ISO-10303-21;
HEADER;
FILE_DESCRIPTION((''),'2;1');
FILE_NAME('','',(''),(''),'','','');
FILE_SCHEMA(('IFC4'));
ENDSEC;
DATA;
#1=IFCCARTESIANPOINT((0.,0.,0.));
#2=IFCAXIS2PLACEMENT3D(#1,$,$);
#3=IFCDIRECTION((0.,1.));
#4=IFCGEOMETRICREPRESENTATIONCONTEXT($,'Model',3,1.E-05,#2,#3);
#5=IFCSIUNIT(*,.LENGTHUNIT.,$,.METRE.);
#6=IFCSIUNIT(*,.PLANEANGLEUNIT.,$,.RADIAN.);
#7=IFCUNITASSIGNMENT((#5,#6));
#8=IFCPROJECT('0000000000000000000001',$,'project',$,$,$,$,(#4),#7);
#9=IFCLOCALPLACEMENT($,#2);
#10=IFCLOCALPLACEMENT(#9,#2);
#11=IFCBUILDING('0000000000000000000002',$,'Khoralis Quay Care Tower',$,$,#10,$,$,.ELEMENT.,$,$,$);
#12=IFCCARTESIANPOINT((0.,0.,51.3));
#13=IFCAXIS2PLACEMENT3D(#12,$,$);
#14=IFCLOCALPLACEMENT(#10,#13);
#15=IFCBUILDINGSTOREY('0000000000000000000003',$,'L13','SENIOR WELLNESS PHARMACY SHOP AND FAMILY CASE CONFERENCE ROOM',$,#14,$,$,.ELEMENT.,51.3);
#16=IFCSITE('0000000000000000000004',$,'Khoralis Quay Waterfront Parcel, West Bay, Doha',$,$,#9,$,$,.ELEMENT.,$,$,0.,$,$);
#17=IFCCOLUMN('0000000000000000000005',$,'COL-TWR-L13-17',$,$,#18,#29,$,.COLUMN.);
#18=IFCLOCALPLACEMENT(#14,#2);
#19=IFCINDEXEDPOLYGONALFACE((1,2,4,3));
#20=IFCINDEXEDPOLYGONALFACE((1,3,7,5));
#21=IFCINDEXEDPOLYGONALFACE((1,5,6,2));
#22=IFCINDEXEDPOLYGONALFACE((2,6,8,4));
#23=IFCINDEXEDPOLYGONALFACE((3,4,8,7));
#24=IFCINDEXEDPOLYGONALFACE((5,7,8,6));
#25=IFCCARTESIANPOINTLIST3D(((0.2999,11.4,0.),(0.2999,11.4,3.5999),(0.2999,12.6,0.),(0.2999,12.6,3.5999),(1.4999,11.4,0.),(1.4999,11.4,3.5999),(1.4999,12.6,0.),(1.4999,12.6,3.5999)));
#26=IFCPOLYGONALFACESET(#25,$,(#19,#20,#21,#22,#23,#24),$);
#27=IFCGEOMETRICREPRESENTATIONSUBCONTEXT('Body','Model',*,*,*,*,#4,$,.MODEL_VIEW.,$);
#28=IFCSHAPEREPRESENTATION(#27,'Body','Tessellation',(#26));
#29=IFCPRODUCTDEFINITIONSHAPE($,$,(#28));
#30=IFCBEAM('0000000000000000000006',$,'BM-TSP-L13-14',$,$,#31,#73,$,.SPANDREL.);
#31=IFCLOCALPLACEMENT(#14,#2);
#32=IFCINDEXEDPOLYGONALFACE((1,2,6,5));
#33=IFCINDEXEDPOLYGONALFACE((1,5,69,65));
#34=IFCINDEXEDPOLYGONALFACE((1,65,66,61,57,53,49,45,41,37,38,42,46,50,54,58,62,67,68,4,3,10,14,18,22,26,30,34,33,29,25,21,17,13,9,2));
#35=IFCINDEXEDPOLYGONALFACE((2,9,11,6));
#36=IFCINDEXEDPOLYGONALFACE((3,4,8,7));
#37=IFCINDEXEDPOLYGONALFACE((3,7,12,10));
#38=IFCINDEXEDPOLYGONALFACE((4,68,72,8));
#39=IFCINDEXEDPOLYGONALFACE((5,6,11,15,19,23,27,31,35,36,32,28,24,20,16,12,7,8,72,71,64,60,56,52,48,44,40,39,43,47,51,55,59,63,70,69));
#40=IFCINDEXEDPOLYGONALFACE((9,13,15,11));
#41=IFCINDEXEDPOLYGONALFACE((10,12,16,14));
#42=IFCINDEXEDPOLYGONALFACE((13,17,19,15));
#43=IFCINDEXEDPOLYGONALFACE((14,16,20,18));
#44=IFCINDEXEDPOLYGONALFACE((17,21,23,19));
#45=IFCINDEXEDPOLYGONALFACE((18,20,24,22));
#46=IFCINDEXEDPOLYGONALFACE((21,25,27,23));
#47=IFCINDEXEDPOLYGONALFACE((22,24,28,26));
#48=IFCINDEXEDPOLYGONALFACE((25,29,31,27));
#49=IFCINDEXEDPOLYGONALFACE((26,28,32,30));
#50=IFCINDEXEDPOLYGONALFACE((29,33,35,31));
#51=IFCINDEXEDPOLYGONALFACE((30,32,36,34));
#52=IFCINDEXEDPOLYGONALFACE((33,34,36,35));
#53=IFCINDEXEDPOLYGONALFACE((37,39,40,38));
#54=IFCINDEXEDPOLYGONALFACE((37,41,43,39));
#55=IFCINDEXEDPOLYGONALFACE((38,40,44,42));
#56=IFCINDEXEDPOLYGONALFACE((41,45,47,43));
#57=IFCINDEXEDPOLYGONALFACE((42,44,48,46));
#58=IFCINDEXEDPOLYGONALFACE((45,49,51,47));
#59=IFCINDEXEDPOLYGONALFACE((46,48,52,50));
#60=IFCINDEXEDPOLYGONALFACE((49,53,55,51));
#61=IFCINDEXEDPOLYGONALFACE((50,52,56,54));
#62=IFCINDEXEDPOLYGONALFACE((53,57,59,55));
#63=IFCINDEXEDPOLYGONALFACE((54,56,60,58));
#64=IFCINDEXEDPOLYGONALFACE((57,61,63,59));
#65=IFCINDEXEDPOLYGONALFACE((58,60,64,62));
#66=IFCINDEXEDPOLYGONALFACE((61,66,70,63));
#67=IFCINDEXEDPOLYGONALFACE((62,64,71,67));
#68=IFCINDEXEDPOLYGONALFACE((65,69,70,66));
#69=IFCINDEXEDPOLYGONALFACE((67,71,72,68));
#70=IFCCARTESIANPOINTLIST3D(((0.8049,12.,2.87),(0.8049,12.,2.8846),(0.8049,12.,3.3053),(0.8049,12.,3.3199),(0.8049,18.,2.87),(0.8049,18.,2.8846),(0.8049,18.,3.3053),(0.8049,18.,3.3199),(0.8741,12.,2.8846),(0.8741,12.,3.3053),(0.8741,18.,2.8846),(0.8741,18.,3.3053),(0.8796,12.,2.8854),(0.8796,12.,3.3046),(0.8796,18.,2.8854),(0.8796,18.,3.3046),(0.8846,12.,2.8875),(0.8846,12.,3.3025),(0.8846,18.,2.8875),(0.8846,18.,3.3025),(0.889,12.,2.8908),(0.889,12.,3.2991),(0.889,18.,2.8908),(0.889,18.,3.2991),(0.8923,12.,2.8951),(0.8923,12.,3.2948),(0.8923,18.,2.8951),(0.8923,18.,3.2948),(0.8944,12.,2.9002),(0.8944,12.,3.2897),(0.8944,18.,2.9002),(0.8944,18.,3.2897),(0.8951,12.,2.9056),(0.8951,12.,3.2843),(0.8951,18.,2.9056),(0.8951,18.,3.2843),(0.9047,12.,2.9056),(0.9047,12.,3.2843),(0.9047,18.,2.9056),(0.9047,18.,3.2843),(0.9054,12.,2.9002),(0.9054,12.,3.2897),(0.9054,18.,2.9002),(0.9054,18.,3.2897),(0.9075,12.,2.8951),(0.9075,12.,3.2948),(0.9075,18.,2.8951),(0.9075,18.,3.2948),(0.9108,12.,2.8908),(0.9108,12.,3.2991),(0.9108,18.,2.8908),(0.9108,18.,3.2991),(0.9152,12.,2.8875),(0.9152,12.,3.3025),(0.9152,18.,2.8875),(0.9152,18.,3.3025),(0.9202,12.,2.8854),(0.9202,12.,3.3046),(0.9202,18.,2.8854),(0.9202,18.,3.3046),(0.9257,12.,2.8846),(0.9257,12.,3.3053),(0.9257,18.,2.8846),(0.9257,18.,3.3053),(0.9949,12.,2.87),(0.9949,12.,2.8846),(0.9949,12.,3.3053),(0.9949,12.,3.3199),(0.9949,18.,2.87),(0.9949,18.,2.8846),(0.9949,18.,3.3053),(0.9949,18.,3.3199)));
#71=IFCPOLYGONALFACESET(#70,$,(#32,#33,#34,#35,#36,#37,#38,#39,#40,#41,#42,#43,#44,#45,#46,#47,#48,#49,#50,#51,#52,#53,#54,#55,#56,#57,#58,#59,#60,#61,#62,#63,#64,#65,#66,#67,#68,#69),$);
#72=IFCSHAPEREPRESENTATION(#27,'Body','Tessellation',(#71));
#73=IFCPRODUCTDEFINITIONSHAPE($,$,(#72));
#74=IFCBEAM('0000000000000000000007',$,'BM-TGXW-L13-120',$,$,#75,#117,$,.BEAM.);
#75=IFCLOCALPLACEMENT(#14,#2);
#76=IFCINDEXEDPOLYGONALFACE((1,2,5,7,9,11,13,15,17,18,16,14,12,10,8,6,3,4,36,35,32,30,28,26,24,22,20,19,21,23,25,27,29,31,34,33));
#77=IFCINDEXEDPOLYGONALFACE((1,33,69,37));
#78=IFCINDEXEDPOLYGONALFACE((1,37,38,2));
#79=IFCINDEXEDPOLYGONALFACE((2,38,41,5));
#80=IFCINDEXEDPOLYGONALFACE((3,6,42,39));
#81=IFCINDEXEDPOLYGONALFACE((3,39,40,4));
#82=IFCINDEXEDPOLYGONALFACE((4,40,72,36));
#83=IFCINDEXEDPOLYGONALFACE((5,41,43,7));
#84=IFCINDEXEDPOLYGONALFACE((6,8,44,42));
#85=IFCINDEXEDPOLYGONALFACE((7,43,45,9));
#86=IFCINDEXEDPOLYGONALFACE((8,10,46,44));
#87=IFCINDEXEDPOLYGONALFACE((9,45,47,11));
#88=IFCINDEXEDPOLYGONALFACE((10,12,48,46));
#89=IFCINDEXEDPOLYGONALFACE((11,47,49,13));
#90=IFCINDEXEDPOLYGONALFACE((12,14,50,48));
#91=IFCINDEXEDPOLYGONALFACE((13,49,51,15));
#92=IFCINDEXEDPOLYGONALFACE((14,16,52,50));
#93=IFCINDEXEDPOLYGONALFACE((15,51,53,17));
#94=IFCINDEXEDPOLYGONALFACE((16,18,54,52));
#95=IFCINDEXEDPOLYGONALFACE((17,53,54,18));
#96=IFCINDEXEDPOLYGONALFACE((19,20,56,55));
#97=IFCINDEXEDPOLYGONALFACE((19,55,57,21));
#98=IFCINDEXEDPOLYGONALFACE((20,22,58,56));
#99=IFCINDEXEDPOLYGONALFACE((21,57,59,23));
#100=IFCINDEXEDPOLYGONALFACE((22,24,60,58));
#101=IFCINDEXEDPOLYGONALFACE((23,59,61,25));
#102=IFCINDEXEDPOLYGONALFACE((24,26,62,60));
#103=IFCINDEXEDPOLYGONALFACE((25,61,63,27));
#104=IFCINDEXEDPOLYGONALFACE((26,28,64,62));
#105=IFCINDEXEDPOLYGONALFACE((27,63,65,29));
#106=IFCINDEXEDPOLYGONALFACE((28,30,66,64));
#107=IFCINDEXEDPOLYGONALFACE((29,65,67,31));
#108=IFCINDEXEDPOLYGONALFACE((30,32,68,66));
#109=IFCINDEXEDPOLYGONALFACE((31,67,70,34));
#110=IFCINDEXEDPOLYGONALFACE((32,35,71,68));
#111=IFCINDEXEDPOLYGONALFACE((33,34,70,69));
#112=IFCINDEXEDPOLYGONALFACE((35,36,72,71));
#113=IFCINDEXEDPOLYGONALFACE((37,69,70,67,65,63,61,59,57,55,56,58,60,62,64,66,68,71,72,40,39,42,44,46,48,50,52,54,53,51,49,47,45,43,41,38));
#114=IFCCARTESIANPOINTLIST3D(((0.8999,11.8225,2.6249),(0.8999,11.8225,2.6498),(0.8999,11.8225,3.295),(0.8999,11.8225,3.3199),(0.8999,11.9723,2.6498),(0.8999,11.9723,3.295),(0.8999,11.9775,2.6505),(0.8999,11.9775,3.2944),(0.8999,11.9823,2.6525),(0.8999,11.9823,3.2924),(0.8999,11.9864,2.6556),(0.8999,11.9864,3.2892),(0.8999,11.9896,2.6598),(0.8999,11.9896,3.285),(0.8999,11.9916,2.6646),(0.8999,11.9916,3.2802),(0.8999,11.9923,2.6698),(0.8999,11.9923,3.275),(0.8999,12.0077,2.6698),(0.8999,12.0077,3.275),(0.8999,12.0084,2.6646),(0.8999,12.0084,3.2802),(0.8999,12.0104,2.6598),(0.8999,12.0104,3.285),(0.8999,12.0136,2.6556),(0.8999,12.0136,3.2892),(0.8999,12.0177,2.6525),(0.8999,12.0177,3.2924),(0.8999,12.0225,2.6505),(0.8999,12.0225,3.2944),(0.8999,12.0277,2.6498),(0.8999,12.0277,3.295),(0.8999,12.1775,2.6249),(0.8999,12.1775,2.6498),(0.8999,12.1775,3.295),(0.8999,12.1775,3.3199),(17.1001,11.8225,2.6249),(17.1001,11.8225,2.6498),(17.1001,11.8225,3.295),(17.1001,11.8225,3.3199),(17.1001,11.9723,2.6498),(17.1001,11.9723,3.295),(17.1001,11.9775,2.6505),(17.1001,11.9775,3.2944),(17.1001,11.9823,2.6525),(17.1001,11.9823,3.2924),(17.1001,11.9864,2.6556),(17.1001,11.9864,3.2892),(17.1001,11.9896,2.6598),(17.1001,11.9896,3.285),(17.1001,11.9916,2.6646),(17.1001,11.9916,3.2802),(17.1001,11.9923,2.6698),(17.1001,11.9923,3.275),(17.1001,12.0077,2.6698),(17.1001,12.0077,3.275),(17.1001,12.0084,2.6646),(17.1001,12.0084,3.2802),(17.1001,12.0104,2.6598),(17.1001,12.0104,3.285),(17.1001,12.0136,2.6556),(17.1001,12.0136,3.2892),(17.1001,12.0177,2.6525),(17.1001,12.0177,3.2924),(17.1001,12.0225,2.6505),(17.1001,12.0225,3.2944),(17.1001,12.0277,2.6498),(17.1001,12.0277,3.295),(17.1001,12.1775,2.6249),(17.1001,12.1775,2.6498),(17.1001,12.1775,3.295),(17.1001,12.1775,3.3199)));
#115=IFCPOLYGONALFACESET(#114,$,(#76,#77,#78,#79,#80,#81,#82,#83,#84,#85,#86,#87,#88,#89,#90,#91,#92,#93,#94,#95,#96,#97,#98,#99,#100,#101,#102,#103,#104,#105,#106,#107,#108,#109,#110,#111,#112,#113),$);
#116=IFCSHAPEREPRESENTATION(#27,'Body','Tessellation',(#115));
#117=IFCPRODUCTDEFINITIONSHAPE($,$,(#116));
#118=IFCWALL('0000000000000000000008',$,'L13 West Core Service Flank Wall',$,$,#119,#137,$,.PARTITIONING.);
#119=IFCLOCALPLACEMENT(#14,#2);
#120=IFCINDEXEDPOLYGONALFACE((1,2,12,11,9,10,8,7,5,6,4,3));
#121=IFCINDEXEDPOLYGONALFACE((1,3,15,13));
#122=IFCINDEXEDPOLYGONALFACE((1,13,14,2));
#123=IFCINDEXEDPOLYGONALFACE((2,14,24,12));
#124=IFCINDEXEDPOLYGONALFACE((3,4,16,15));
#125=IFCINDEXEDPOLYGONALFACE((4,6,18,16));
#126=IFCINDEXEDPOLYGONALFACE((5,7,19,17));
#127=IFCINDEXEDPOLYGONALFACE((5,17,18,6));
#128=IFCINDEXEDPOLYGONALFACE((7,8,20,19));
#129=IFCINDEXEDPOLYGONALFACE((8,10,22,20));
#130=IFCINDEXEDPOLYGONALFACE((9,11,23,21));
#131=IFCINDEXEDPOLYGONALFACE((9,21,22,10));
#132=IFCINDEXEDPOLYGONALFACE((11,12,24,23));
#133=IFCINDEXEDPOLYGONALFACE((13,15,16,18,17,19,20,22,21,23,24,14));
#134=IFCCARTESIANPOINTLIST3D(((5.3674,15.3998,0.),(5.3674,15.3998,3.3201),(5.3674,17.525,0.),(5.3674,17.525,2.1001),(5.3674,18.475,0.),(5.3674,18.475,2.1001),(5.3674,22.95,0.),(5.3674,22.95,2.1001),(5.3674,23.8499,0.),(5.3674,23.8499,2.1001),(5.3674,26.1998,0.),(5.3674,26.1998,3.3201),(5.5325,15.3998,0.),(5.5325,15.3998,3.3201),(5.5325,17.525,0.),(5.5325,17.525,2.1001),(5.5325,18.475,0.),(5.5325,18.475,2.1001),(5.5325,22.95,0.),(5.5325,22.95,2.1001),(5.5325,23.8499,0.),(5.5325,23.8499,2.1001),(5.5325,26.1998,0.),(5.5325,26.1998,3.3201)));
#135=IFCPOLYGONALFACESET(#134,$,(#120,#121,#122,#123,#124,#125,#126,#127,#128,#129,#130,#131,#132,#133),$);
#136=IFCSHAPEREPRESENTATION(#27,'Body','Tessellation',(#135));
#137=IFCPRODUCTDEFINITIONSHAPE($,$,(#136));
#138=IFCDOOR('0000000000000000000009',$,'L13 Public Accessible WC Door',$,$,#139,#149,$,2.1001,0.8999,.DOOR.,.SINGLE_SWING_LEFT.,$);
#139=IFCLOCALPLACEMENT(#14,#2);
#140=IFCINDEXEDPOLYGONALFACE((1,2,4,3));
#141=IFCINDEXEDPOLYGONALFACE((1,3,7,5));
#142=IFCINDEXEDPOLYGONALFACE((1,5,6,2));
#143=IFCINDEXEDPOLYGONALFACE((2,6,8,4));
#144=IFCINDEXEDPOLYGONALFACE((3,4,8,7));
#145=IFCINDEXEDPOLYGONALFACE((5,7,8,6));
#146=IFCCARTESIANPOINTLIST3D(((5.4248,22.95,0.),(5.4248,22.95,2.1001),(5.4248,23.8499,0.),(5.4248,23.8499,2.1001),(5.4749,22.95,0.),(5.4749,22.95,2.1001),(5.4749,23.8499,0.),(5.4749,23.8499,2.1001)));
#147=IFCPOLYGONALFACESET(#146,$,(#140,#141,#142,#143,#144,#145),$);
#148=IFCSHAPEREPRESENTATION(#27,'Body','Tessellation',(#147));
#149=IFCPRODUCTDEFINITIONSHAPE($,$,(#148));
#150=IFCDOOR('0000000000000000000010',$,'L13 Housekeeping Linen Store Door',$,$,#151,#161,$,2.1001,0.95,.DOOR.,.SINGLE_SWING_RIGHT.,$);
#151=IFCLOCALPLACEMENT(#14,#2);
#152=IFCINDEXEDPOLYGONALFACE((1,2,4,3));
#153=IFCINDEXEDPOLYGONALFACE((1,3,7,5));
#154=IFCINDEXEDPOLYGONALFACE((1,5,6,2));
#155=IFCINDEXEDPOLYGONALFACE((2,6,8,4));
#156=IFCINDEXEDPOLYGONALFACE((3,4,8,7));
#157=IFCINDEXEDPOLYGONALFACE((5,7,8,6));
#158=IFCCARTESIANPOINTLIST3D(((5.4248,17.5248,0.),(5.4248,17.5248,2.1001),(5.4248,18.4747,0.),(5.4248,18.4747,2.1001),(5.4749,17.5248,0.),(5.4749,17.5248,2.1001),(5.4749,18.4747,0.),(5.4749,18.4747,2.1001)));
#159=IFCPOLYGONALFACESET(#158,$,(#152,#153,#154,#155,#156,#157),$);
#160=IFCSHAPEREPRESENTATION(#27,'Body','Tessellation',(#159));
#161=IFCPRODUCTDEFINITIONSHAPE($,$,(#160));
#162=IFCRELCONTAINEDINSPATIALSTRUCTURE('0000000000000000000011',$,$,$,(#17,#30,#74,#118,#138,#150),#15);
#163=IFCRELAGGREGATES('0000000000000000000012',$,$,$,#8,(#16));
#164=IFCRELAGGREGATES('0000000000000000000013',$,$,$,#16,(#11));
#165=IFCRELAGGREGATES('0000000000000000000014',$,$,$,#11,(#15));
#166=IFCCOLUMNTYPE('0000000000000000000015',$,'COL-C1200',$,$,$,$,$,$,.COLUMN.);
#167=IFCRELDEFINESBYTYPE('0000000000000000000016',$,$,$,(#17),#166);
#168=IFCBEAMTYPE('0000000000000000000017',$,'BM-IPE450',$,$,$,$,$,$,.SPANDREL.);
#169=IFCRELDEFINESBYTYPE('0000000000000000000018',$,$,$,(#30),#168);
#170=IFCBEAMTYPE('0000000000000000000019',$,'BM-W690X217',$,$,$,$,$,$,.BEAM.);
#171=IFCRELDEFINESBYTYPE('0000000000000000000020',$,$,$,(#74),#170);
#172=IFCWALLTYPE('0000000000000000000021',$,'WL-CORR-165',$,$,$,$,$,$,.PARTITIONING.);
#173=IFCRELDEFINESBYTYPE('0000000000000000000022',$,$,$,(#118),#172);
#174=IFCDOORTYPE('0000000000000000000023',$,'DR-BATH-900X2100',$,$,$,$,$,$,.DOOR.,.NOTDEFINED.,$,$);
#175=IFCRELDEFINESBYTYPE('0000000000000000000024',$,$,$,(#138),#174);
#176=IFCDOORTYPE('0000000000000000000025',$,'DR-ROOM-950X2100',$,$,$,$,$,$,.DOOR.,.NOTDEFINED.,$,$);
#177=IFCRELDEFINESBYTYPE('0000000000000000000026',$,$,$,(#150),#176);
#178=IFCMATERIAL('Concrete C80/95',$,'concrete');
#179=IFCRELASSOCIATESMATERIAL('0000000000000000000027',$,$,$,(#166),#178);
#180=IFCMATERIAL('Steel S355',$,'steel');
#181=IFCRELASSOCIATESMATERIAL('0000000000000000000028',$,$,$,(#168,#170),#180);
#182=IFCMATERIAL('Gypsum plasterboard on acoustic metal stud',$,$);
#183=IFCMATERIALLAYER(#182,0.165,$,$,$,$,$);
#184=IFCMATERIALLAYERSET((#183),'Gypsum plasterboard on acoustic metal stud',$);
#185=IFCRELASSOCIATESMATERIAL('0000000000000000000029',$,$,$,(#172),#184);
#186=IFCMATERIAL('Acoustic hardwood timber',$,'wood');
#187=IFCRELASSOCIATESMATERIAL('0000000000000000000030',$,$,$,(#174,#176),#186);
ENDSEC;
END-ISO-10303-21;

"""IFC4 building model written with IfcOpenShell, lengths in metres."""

from ifc_helpers import new_model, si_unit, direction, frame, frame_2d, origin, origin_2d, place, context, subcontext, project, spatial, rectangle, i_section, extrude, source, transform, mapped, material, layer, layer_set, material_profile, profile_set, type_object, element, fill, save


model = new_model("IFC4")

# Units and contexts
model_context = context("Model", 3, precision=1e-05, world=origin(), true_north=direction((0.0, 1.0)))
body_context = subcontext(model_context, "Body", "Model", "MODEL_VIEW")
ifc_project = project(units=[si_unit("LENGTHUNIT", "METRE"), si_unit("PLANEANGLEUNIT", "RADIAN")], contexts=[model_context])

# Site, building, storey
site_placement = place(None, origin())
site = spatial("IfcSite", under=ifc_project, at=site_placement, Name="Khoralis Quay Waterfront Parcel, West Bay, Doha", CompositionType="ELEMENT", RefElevation=0.0)
building_placement = place(site_placement, origin())
building = spatial("IfcBuilding", under=site, at=building_placement, Name="Khoralis Quay Care Tower", CompositionType="ELEMENT")
storey_placement = place(building_placement, frame((0.0, 0.0, 51.3)))
storey = spatial("IfcBuildingStorey", under=building, at=storey_placement, Name="L13", Description="SENIOR WELLNESS PHARMACY SHOP AND FAMILY CASE CONFERENCE ROOM", CompositionType="ELEMENT", Elevation=51.3)

# Column
ifc_material_1 = material(Name="Concrete C80/95", Category="concrete")
ifc_material_profile_1 = material_profile(ifc_material_1, rectangle(XDim=1.2, YDim=1.2, at=origin_2d()), Name="Concrete C80/95")
ifc_profile_set_1 = profile_set([ifc_material_profile_1], Name="Concrete C80/95")
column_type = type_object("IfcColumnType", Name="COL-C1200", PredefinedType="COLUMN", material=ifc_profile_set_1)
shared_shape_1 = source(origin(), body_context, "Body", "SweptSolid", [
    extrude(rectangle(XDim=1.2, YDim=1.2, at=origin_2d()), origin(), (0.0, 0.0, 1.0), 3.5999),
])
column_placement = place(storey_placement, frame((0.8999, 12.0, 0.0), z_axis=(0.0, 0.0, 1.0), x_axis=(1.0, 0.0, 0.0)))
element("IfcColumn", 1, at=column_placement, inside=storey, type_object=column_type, Name="COL-TWR-L13-17", PredefinedType="COLUMN", context=body_context, shape_type="MappedRepresentation", body=[
    mapped(shared_shape_1, transform((0.0, 0.0, 0.0), scale=1.0)),
])

# Beams
ifc_material_2 = material(Name="Steel S355", Category="steel")
ifc_material_profile_2 = material_profile(ifc_material_2, i_section(OverallWidth=0.1899, OverallDepth=0.45, WebThickness=0.0095, FlangeThickness=0.0146, FilletRadius=0.021, at=origin_2d()), Name="Steel S355")
ifc_profile_set_2 = profile_set([ifc_material_profile_2], Name="Steel S355")
beam_type_1 = type_object("IfcBeamType", Name="BM-IPE450", PredefinedType="SPANDREL", material=ifc_profile_set_2)
shared_shape_2 = source(origin(), body_context, "Body", "SweptSolid", [
    extrude(i_section(OverallWidth=0.1899, OverallDepth=0.45, WebThickness=0.0095, FlangeThickness=0.0146, FilletRadius=0.021, at=origin_2d()), origin(), (0.0, 0.0, 1.0), 6.0),
])
beam_1_placement = place(storey_placement, frame((0.8999, 12.0, 3.095), z_axis=(0.0, 1.0, 0.0), x_axis=(-1.0, 0.0, 0.0)))
element("IfcBeam", 2, at=beam_1_placement, inside=storey, type_object=beam_type_1, Name="BM-TSP-L13-14", PredefinedType="SPANDREL", context=body_context, shape_type="MappedRepresentation", body=[
    mapped(shared_shape_2, transform((0.0, 0.0, 0.0), scale=1.0)),
])
ifc_material_profile_3 = material_profile(ifc_material_2, i_section(OverallWidth=0.355, OverallDepth=0.6951, WebThickness=0.0154, FlangeThickness=0.0249, FilletRadius=0.02, at=origin_2d()), Name="Steel S355")
ifc_profile_set_3 = profile_set([ifc_material_profile_3], Name="Steel S355")
beam_type_2 = type_object("IfcBeamType", Name="BM-W690X217", PredefinedType="BEAM", material=ifc_profile_set_3)
shared_shape_3 = source(origin(), body_context, "Body", "SweptSolid", [
    extrude(i_section(OverallWidth=0.355, OverallDepth=0.6951, WebThickness=0.0154, FlangeThickness=0.0249, FilletRadius=0.02, at=origin_2d()), origin(), (0.0, 0.0, 1.0), 16.2002),
])
beam_2_placement = place(storey_placement, frame((0.8999, 12.0, 2.9724), z_axis=(1.0, 0.0, 0.0), x_axis=(0.0, 1.0, 0.0)))
element("IfcBeam", 3, at=beam_2_placement, inside=storey, type_object=beam_type_2, Name="BM-TGXW-L13-120", PredefinedType="BEAM", context=body_context, shape_type="MappedRepresentation", body=[
    mapped(shared_shape_3, transform((0.0, 0.0, 0.0), scale=1.0)),
])

# Wall, openings, doors
ifc_material_3 = material(Name="Gypsum plasterboard on acoustic metal stud")
ifc_layer_1 = layer(ifc_material_3, 0.165)
ifc_layer_set_1 = layer_set([ifc_layer_1], Name="Gypsum plasterboard on acoustic metal stud")
wall_type_1 = type_object("IfcWallType", Name="WL-CORR-165", PredefinedType="PARTITIONING", material=ifc_layer_set_1)
wall_1_placement = place(storey_placement, frame((5.45, 15.3999, 0.0), z_axis=(0.0, 0.0, 1.0), x_axis=(0.0, 1.0, 0.0)))
wall_1 = element("IfcWall", 4, at=wall_1_placement, inside=storey, type_object=wall_type_1, Name="L13 West Core Service Flank Wall", PredefinedType="PARTITIONING", context=body_context, shape_type="SweptSolid", body=[
    extrude(rectangle(XDim=10.8, YDim=0.165, at=frame_2d((5.3999, 0.0))), origin(), (0.0, 0.0, 1.0), 3.3201),
])
opening_1_placement = place(wall_1_placement, frame((2.125, 0.0, 0.0)))
opening_1 = element("IfcOpeningElement", 5, at=opening_1_placement, cuts=wall_1, PredefinedType="OPENING", context=body_context, shape_type="SweptSolid", body=[
    extrude(rectangle(XDim=0.95, YDim=2.1001, at=frame_2d((0.4751, 1.05))), frame((0.0, 0.0925, 0.0), z_axis=(0.0, -1.0, 0.0), x_axis=(1.0, 0.0, 0.0)), (0.0, 0.0, 1.0), 0.1851),
])
opening_2_placement = place(wall_1_placement, frame((7.55, 0.0, 0.0)))
opening_2 = element("IfcOpeningElement", 6, at=opening_2_placement, cuts=wall_1, PredefinedType="OPENING", context=body_context, shape_type="SweptSolid", body=[
    extrude(rectangle(XDim=0.8999, YDim=2.1001, at=frame_2d((0.45, 1.05))), frame((0.0, 0.0925, 0.0), z_axis=(0.0, -1.0, 0.0), x_axis=(1.0, 0.0, 0.0)), (0.0, 0.0, 1.0), 0.1851),
])
ifc_material_4 = material(Name="Acoustic hardwood timber", Category="wood")
door_type_1 = type_object("IfcDoorType", Name="DR-BATH-900X2100", OperationType="NOTDEFINED", PredefinedType="DOOR", material=ifc_material_4)
shared_shape_4 = source(origin(), body_context, "Body", "SweptSolid", [
    extrude(rectangle(XDim=0.8999, YDim=2.1001, at=frame_2d((0.45, 1.05))), frame((0.0, 0.0249, 0.0), z_axis=(0.0, -1.0, 0.0), x_axis=(1.0, 0.0, 0.0)), (0.0, 0.0, 1.0), 0.05),
])
door_1_placement = place(opening_2_placement, frame((0.8999, 0.0, 0.0), z_axis=(0.0, 0.0, 1.0), x_axis=(-1.0, 0.0, 0.0)))
door_1 = element("IfcDoor", 7, at=door_1_placement, inside=storey, type_object=door_type_1, Name="L13 Public Accessible WC Door", OperationType="SINGLE_SWING_LEFT", OverallHeight=2.1001, OverallWidth=0.8999, PredefinedType="DOOR", context=body_context, shape_type="MappedRepresentation", body=[
    mapped(shared_shape_4, transform((0.0, 0.0, 0.0), scale=1.0)),
])
fill(opening_2, door_1)
door_type_2 = type_object("IfcDoorType", Name="DR-ROOM-950X2100", OperationType="NOTDEFINED", PredefinedType="DOOR", material=ifc_material_4)
shared_shape_5 = source(origin(), body_context, "Body", "SweptSolid", [
    extrude(rectangle(XDim=0.95, YDim=2.1001, at=frame_2d((0.4751, 1.05))), frame((0.0, 0.0249, 0.0), z_axis=(0.0, -1.0, 0.0), x_axis=(1.0, 0.0, 0.0)), (0.0, 0.0, 1.0), 0.05),
])
door_2_placement = place(opening_1_placement, frame((0.95, 0.0, 0.0), z_axis=(0.0, 0.0, 1.0), x_axis=(-1.0, 0.0, 0.0)))
door_2 = element("IfcDoor", 8, at=door_2_placement, inside=storey, type_object=door_type_2, Name="L13 Housekeeping Linen Store Door", OperationType="SINGLE_SWING_RIGHT", OverallHeight=2.1001, OverallWidth=0.95, PredefinedType="DOOR", context=body_context, shape_type="MappedRepresentation", body=[
    mapped(shared_shape_5, transform((0.0, 0.0, 0.0), scale=1.0)),
])
fill(opening_1, door_2)

save(model, "model.ifc")
